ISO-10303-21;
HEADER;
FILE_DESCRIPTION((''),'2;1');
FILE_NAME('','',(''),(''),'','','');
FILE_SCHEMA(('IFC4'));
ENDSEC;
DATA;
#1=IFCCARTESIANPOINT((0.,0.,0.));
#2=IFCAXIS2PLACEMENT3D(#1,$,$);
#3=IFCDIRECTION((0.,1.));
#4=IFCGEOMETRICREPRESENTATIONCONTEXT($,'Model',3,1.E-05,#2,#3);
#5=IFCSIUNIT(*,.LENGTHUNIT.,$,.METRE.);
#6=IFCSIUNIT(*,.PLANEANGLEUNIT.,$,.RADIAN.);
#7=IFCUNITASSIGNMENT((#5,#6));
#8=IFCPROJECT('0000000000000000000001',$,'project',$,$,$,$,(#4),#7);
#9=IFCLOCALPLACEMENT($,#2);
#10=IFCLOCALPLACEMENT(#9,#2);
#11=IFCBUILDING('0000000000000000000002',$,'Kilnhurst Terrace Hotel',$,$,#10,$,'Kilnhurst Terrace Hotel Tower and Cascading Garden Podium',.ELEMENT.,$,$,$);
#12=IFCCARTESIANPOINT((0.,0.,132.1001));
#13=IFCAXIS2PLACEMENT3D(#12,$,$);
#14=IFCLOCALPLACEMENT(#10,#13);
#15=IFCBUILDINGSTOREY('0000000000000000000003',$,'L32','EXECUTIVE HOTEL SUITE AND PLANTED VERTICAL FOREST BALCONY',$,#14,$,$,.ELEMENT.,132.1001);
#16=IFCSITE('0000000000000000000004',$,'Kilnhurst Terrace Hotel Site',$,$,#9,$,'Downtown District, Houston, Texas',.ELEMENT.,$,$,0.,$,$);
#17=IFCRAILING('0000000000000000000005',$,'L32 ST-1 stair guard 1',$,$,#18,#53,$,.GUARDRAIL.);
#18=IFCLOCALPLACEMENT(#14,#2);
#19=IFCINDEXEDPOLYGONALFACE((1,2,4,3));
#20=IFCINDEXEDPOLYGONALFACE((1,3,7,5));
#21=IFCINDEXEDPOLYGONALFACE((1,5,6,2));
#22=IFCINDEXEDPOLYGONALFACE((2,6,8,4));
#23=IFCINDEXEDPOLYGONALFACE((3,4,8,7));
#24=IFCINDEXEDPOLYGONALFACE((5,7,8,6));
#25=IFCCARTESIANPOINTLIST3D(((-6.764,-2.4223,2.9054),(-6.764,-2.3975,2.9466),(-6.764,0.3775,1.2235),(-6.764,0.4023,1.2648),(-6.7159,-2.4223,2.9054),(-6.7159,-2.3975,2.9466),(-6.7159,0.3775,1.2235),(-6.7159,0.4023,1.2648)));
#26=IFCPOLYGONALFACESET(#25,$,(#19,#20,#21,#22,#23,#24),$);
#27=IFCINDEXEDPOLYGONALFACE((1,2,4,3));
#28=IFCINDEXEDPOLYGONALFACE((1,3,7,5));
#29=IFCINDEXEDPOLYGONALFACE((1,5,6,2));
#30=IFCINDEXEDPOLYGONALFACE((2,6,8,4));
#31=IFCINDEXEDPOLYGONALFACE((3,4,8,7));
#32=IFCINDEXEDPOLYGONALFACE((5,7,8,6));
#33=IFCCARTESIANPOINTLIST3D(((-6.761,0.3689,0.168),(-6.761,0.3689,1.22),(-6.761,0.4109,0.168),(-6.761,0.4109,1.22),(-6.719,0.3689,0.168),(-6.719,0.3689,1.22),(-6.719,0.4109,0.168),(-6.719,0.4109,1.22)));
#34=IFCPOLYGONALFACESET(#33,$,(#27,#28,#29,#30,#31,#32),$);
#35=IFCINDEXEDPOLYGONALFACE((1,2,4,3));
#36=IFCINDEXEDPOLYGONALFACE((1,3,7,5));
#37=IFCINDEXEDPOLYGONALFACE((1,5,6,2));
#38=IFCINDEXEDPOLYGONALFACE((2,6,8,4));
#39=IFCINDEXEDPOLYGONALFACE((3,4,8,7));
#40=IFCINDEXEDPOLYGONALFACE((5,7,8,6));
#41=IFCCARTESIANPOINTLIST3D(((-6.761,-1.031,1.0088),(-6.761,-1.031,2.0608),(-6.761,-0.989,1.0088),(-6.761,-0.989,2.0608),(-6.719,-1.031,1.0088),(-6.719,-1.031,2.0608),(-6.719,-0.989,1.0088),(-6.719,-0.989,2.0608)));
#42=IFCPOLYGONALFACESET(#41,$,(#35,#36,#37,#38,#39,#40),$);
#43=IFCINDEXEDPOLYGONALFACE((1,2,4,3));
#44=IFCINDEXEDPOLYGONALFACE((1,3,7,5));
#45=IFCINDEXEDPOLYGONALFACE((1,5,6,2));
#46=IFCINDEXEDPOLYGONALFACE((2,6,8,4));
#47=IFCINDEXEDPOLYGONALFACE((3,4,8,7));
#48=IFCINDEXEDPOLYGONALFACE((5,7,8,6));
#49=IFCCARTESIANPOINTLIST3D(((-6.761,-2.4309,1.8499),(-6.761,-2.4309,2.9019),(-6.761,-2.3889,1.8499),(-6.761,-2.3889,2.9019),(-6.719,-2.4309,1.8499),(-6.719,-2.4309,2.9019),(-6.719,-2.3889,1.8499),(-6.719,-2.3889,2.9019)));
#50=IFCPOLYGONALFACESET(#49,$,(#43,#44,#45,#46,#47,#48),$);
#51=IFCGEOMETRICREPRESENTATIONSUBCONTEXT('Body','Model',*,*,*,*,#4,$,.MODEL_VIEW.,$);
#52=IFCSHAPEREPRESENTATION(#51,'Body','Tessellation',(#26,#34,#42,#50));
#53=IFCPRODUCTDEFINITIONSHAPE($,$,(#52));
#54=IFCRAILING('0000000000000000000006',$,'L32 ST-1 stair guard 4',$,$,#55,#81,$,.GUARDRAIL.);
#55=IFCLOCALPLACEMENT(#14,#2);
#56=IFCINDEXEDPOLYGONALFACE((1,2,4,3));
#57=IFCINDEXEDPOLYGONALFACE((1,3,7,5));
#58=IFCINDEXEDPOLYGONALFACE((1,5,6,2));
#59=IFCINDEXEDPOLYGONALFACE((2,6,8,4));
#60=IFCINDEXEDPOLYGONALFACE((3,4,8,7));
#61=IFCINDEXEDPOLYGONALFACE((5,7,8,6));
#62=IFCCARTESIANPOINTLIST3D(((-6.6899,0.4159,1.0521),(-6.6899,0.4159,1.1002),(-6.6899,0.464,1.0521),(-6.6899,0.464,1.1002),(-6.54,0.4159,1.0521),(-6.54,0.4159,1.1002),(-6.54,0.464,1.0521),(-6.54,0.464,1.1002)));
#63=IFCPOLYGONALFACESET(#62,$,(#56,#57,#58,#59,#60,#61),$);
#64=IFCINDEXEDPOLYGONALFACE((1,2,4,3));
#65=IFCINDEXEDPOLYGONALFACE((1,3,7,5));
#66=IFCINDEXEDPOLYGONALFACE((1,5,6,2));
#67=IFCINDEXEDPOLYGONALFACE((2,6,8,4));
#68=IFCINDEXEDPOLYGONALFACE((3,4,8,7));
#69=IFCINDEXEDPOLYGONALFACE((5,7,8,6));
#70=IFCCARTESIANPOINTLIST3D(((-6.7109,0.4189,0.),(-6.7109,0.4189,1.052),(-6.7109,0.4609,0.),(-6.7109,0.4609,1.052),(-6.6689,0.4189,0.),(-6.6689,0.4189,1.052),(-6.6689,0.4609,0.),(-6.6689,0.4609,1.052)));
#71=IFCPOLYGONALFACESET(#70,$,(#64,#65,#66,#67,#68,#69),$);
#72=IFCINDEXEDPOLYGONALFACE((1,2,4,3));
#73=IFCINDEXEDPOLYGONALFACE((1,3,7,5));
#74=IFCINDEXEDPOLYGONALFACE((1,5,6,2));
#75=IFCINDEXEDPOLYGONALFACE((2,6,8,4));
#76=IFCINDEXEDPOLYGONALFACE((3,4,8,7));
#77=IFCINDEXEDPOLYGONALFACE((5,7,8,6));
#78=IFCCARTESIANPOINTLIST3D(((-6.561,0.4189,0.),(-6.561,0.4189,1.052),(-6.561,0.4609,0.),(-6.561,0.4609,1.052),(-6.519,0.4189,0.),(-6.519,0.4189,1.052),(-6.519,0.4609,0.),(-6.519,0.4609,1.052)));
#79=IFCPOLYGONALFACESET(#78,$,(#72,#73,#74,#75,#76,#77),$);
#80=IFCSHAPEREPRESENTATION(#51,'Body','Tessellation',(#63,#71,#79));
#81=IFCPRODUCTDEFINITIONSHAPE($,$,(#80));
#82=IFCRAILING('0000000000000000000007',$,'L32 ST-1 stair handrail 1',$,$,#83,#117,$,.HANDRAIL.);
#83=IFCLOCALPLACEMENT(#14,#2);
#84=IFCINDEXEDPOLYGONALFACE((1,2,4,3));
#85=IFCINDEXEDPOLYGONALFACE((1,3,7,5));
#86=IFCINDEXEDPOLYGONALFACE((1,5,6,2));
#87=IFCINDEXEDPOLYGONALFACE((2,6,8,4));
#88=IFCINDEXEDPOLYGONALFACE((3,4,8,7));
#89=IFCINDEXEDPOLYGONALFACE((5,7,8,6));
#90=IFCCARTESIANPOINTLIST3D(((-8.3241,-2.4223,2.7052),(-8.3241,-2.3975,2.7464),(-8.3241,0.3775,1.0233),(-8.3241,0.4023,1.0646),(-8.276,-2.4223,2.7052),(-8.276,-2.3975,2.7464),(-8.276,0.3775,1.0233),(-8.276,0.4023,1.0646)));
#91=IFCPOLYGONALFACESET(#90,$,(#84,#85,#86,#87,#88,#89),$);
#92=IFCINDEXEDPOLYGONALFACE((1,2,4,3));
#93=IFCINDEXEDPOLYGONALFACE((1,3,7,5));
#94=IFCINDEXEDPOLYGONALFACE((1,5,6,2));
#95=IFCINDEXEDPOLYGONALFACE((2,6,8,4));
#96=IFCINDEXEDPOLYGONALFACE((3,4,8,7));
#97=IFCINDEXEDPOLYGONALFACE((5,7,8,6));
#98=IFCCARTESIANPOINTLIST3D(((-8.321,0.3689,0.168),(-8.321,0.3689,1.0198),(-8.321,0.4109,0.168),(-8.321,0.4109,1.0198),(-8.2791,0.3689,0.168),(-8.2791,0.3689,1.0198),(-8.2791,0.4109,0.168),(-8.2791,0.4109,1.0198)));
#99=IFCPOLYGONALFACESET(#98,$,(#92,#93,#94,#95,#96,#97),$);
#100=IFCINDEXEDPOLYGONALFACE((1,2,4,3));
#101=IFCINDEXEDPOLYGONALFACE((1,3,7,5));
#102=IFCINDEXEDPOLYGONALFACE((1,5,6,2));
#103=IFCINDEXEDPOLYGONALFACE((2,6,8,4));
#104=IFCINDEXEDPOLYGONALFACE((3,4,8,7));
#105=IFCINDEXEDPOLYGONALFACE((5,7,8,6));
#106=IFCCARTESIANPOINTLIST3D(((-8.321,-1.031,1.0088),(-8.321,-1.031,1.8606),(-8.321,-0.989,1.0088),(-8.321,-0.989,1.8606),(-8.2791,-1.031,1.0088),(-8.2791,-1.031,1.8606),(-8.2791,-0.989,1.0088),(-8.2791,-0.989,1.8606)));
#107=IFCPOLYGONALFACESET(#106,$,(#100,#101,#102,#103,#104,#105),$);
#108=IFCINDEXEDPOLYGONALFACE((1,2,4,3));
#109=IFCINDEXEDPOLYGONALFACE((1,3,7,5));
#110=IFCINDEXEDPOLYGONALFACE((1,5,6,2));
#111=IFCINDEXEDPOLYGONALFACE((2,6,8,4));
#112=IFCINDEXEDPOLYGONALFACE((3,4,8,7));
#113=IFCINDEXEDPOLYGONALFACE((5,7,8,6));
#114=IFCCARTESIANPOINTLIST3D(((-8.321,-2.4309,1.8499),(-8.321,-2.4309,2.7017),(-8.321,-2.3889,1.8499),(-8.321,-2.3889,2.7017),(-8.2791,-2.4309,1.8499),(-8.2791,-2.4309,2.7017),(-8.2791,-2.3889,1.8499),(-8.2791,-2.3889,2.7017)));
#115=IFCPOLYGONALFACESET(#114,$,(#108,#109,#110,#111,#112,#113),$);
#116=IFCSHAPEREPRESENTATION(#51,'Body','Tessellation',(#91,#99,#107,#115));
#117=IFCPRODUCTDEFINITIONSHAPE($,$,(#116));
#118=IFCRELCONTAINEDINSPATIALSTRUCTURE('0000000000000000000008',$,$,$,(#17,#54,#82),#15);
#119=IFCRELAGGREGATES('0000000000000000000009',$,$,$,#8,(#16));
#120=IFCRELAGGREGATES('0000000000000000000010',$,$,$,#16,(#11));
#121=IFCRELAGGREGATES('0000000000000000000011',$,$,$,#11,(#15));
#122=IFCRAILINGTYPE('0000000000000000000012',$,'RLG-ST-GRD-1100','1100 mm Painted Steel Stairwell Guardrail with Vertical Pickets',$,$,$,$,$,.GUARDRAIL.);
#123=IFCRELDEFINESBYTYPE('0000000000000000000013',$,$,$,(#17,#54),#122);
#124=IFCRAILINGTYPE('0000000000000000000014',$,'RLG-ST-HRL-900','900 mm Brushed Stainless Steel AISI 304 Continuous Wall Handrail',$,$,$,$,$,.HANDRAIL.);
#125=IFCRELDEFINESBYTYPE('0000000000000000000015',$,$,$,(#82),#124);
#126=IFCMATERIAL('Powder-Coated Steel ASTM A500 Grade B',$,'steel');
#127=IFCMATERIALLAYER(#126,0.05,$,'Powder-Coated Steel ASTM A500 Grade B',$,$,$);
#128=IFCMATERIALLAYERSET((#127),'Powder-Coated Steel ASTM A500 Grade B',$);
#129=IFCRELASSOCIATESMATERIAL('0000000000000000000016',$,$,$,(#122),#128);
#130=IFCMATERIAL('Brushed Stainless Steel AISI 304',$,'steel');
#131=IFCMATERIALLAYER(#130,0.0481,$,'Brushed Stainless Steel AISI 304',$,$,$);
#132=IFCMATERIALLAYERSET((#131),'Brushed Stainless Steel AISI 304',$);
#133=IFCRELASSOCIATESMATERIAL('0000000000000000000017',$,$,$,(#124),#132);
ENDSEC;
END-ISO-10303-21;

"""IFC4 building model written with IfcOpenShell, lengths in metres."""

from ifc_helpers import new_model, si_unit, direction, frame, origin, origin_2d, place, context, subcontext, project, spatial, rectangle, extrude, material, layer, layer_set, type_object, element, save


model = new_model("IFC4")

# Units and contexts
model_context = context("Model", 3, precision=1e-05, world=origin(), true_north=direction((0.0, 1.0)))
body_context = subcontext(model_context, "Body", "Model", "MODEL_VIEW")
ifc_project = project(units=[si_unit("LENGTHUNIT", "METRE"), si_unit("PLANEANGLEUNIT", "RADIAN")], contexts=[model_context])

# Site, building, storey
site_placement = place(None, origin())
site = spatial("IfcSite", under=ifc_project, at=site_placement, Name="Kilnhurst Terrace Hotel Site", LongName="Downtown District, Houston, Texas", CompositionType="ELEMENT", RefElevation=0.0)
building_placement = place(site_placement, origin())
building = spatial("IfcBuilding", under=site, at=building_placement, Name="Kilnhurst Terrace Hotel", LongName="Kilnhurst Terrace Hotel Tower and Cascading Garden Podium", CompositionType="ELEMENT")
storey_placement = place(building_placement, frame((0.0, 0.0, 132.1001)))
storey = spatial("IfcBuildingStorey", under=building, at=storey_placement, Name="L32", Description="EXECUTIVE HOTEL SUITE AND PLANTED VERTICAL FOREST BALCONY", CompositionType="ELEMENT", Elevation=132.1001)

# Railings
ifc_material_1 = material(Name="Powder-Coated Steel ASTM A500 Grade B", Category="steel")
ifc_layer_1 = layer(ifc_material_1, 0.05, Name="Powder-Coated Steel ASTM A500 Grade B")
ifc_layer_set_1 = layer_set([ifc_layer_1], Name="Powder-Coated Steel ASTM A500 Grade B")
railing_type_1 = type_object("IfcRailingType", Name="RLG-ST-GRD-1100", Description="1100 mm Painted Steel Stairwell Guardrail with Vertical Pickets", PredefinedType="GUARDRAIL", material=ifc_layer_set_1)
railing_1_placement = place(storey_placement, frame((-6.74, 0.3899, 0.168)))
element("IfcRailing", 1, at=railing_1_placement, inside=storey, type_object=railing_type_1, Name="L32 ST-1 stair guard 1", PredefinedType="GUARDRAIL", context=body_context, shape_type="SweptSolid", body=[
    extrude(rectangle(XDim=0.0481, YDim=0.0481, at=origin_2d()), frame((0.0, 0.0, 1.0762), z_axis=(0.0, -0.857222, 0.514946), x_axis=(1.0, 0.0, 0.0)), (0.0, 0.0, 1.0), 3.2661),
    extrude(rectangle(XDim=0.042, YDim=0.042, at=origin_2d()), origin(), (0.0, 0.0, 1.0), 1.052),
    extrude(rectangle(XDim=0.042, YDim=0.042, at=origin_2d()), frame((0.0, -1.3999, 0.8408)), (0.0, 0.0, 1.0), 1.052),
    extrude(rectangle(XDim=0.042, YDim=0.042, at=origin_2d()), frame((0.0, -2.7998, 1.6819)), (0.0, 0.0, 1.0), 1.052),
])
railing_2_placement = place(storey_placement, frame((-6.6899, 0.4399, 0.0)))
element("IfcRailing", 2, at=railing_2_placement, inside=storey, type_object=railing_type_1, Name="L32 ST-1 stair guard 4", PredefinedType="GUARDRAIL", context=body_context, shape_type="SweptSolid", body=[
    extrude(rectangle(XDim=0.0481, YDim=0.0481, at=origin_2d()), frame((0.0, 0.0, 1.0762), z_axis=(1.0, 0.0, 0.0), x_axis=(0.0, 1.0, 0.0)), (0.0, 0.0, 1.0), 0.1499),
    extrude(rectangle(XDim=0.042, YDim=0.042, at=origin_2d()), origin(), (0.0, 0.0, 1.0), 1.052),
    extrude(rectangle(XDim=0.042, YDim=0.042, at=origin_2d()), frame((0.1499, 0.0, 0.0)), (0.0, 0.0, 1.0), 1.052),
])
ifc_material_2 = material(Name="Brushed Stainless Steel AISI 304", Category="steel")
ifc_layer_2 = layer(ifc_material_2, 0.0481, Name="Brushed Stainless Steel AISI 304")
ifc_layer_set_2 = layer_set([ifc_layer_2], Name="Brushed Stainless Steel AISI 304")
railing_type_2 = type_object("IfcRailingType", Name="RLG-ST-HRL-900", Description="900 mm Brushed Stainless Steel AISI 304 Continuous Wall Handrail", PredefinedType="HANDRAIL", material=ifc_layer_set_2)
railing_3_placement = place(storey_placement, frame((-8.3, 0.3899, 0.168)))
element("IfcRailing", 3, at=railing_3_placement, inside=storey, type_object=railing_type_2, Name="L32 ST-1 stair handrail 1", PredefinedType="HANDRAIL", context=body_context, shape_type="SweptSolid", body=[
    extrude(rectangle(XDim=0.0481, YDim=0.0481, at=origin_2d()), frame((0.0, 0.0, 0.876), z_axis=(0.0, -0.857222, 0.514946), x_axis=(1.0, 0.0, 0.0)), (0.0, 0.0, 1.0), 3.2661),
    extrude(rectangle(XDim=0.042, YDim=0.042, at=origin_2d()), origin(), (0.0, 0.0, 1.0), 0.8518),
    extrude(rectangle(XDim=0.042, YDim=0.042, at=origin_2d()), frame((0.0, -1.3999, 0.8408)), (0.0, 0.0, 1.0), 0.8518),
    extrude(rectangle(XDim=0.042, YDim=0.042, at=origin_2d()), frame((0.0, -2.7998, 1.6819)), (0.0, 0.0, 1.0), 0.8518),
])

save(model, "model.ifc")
